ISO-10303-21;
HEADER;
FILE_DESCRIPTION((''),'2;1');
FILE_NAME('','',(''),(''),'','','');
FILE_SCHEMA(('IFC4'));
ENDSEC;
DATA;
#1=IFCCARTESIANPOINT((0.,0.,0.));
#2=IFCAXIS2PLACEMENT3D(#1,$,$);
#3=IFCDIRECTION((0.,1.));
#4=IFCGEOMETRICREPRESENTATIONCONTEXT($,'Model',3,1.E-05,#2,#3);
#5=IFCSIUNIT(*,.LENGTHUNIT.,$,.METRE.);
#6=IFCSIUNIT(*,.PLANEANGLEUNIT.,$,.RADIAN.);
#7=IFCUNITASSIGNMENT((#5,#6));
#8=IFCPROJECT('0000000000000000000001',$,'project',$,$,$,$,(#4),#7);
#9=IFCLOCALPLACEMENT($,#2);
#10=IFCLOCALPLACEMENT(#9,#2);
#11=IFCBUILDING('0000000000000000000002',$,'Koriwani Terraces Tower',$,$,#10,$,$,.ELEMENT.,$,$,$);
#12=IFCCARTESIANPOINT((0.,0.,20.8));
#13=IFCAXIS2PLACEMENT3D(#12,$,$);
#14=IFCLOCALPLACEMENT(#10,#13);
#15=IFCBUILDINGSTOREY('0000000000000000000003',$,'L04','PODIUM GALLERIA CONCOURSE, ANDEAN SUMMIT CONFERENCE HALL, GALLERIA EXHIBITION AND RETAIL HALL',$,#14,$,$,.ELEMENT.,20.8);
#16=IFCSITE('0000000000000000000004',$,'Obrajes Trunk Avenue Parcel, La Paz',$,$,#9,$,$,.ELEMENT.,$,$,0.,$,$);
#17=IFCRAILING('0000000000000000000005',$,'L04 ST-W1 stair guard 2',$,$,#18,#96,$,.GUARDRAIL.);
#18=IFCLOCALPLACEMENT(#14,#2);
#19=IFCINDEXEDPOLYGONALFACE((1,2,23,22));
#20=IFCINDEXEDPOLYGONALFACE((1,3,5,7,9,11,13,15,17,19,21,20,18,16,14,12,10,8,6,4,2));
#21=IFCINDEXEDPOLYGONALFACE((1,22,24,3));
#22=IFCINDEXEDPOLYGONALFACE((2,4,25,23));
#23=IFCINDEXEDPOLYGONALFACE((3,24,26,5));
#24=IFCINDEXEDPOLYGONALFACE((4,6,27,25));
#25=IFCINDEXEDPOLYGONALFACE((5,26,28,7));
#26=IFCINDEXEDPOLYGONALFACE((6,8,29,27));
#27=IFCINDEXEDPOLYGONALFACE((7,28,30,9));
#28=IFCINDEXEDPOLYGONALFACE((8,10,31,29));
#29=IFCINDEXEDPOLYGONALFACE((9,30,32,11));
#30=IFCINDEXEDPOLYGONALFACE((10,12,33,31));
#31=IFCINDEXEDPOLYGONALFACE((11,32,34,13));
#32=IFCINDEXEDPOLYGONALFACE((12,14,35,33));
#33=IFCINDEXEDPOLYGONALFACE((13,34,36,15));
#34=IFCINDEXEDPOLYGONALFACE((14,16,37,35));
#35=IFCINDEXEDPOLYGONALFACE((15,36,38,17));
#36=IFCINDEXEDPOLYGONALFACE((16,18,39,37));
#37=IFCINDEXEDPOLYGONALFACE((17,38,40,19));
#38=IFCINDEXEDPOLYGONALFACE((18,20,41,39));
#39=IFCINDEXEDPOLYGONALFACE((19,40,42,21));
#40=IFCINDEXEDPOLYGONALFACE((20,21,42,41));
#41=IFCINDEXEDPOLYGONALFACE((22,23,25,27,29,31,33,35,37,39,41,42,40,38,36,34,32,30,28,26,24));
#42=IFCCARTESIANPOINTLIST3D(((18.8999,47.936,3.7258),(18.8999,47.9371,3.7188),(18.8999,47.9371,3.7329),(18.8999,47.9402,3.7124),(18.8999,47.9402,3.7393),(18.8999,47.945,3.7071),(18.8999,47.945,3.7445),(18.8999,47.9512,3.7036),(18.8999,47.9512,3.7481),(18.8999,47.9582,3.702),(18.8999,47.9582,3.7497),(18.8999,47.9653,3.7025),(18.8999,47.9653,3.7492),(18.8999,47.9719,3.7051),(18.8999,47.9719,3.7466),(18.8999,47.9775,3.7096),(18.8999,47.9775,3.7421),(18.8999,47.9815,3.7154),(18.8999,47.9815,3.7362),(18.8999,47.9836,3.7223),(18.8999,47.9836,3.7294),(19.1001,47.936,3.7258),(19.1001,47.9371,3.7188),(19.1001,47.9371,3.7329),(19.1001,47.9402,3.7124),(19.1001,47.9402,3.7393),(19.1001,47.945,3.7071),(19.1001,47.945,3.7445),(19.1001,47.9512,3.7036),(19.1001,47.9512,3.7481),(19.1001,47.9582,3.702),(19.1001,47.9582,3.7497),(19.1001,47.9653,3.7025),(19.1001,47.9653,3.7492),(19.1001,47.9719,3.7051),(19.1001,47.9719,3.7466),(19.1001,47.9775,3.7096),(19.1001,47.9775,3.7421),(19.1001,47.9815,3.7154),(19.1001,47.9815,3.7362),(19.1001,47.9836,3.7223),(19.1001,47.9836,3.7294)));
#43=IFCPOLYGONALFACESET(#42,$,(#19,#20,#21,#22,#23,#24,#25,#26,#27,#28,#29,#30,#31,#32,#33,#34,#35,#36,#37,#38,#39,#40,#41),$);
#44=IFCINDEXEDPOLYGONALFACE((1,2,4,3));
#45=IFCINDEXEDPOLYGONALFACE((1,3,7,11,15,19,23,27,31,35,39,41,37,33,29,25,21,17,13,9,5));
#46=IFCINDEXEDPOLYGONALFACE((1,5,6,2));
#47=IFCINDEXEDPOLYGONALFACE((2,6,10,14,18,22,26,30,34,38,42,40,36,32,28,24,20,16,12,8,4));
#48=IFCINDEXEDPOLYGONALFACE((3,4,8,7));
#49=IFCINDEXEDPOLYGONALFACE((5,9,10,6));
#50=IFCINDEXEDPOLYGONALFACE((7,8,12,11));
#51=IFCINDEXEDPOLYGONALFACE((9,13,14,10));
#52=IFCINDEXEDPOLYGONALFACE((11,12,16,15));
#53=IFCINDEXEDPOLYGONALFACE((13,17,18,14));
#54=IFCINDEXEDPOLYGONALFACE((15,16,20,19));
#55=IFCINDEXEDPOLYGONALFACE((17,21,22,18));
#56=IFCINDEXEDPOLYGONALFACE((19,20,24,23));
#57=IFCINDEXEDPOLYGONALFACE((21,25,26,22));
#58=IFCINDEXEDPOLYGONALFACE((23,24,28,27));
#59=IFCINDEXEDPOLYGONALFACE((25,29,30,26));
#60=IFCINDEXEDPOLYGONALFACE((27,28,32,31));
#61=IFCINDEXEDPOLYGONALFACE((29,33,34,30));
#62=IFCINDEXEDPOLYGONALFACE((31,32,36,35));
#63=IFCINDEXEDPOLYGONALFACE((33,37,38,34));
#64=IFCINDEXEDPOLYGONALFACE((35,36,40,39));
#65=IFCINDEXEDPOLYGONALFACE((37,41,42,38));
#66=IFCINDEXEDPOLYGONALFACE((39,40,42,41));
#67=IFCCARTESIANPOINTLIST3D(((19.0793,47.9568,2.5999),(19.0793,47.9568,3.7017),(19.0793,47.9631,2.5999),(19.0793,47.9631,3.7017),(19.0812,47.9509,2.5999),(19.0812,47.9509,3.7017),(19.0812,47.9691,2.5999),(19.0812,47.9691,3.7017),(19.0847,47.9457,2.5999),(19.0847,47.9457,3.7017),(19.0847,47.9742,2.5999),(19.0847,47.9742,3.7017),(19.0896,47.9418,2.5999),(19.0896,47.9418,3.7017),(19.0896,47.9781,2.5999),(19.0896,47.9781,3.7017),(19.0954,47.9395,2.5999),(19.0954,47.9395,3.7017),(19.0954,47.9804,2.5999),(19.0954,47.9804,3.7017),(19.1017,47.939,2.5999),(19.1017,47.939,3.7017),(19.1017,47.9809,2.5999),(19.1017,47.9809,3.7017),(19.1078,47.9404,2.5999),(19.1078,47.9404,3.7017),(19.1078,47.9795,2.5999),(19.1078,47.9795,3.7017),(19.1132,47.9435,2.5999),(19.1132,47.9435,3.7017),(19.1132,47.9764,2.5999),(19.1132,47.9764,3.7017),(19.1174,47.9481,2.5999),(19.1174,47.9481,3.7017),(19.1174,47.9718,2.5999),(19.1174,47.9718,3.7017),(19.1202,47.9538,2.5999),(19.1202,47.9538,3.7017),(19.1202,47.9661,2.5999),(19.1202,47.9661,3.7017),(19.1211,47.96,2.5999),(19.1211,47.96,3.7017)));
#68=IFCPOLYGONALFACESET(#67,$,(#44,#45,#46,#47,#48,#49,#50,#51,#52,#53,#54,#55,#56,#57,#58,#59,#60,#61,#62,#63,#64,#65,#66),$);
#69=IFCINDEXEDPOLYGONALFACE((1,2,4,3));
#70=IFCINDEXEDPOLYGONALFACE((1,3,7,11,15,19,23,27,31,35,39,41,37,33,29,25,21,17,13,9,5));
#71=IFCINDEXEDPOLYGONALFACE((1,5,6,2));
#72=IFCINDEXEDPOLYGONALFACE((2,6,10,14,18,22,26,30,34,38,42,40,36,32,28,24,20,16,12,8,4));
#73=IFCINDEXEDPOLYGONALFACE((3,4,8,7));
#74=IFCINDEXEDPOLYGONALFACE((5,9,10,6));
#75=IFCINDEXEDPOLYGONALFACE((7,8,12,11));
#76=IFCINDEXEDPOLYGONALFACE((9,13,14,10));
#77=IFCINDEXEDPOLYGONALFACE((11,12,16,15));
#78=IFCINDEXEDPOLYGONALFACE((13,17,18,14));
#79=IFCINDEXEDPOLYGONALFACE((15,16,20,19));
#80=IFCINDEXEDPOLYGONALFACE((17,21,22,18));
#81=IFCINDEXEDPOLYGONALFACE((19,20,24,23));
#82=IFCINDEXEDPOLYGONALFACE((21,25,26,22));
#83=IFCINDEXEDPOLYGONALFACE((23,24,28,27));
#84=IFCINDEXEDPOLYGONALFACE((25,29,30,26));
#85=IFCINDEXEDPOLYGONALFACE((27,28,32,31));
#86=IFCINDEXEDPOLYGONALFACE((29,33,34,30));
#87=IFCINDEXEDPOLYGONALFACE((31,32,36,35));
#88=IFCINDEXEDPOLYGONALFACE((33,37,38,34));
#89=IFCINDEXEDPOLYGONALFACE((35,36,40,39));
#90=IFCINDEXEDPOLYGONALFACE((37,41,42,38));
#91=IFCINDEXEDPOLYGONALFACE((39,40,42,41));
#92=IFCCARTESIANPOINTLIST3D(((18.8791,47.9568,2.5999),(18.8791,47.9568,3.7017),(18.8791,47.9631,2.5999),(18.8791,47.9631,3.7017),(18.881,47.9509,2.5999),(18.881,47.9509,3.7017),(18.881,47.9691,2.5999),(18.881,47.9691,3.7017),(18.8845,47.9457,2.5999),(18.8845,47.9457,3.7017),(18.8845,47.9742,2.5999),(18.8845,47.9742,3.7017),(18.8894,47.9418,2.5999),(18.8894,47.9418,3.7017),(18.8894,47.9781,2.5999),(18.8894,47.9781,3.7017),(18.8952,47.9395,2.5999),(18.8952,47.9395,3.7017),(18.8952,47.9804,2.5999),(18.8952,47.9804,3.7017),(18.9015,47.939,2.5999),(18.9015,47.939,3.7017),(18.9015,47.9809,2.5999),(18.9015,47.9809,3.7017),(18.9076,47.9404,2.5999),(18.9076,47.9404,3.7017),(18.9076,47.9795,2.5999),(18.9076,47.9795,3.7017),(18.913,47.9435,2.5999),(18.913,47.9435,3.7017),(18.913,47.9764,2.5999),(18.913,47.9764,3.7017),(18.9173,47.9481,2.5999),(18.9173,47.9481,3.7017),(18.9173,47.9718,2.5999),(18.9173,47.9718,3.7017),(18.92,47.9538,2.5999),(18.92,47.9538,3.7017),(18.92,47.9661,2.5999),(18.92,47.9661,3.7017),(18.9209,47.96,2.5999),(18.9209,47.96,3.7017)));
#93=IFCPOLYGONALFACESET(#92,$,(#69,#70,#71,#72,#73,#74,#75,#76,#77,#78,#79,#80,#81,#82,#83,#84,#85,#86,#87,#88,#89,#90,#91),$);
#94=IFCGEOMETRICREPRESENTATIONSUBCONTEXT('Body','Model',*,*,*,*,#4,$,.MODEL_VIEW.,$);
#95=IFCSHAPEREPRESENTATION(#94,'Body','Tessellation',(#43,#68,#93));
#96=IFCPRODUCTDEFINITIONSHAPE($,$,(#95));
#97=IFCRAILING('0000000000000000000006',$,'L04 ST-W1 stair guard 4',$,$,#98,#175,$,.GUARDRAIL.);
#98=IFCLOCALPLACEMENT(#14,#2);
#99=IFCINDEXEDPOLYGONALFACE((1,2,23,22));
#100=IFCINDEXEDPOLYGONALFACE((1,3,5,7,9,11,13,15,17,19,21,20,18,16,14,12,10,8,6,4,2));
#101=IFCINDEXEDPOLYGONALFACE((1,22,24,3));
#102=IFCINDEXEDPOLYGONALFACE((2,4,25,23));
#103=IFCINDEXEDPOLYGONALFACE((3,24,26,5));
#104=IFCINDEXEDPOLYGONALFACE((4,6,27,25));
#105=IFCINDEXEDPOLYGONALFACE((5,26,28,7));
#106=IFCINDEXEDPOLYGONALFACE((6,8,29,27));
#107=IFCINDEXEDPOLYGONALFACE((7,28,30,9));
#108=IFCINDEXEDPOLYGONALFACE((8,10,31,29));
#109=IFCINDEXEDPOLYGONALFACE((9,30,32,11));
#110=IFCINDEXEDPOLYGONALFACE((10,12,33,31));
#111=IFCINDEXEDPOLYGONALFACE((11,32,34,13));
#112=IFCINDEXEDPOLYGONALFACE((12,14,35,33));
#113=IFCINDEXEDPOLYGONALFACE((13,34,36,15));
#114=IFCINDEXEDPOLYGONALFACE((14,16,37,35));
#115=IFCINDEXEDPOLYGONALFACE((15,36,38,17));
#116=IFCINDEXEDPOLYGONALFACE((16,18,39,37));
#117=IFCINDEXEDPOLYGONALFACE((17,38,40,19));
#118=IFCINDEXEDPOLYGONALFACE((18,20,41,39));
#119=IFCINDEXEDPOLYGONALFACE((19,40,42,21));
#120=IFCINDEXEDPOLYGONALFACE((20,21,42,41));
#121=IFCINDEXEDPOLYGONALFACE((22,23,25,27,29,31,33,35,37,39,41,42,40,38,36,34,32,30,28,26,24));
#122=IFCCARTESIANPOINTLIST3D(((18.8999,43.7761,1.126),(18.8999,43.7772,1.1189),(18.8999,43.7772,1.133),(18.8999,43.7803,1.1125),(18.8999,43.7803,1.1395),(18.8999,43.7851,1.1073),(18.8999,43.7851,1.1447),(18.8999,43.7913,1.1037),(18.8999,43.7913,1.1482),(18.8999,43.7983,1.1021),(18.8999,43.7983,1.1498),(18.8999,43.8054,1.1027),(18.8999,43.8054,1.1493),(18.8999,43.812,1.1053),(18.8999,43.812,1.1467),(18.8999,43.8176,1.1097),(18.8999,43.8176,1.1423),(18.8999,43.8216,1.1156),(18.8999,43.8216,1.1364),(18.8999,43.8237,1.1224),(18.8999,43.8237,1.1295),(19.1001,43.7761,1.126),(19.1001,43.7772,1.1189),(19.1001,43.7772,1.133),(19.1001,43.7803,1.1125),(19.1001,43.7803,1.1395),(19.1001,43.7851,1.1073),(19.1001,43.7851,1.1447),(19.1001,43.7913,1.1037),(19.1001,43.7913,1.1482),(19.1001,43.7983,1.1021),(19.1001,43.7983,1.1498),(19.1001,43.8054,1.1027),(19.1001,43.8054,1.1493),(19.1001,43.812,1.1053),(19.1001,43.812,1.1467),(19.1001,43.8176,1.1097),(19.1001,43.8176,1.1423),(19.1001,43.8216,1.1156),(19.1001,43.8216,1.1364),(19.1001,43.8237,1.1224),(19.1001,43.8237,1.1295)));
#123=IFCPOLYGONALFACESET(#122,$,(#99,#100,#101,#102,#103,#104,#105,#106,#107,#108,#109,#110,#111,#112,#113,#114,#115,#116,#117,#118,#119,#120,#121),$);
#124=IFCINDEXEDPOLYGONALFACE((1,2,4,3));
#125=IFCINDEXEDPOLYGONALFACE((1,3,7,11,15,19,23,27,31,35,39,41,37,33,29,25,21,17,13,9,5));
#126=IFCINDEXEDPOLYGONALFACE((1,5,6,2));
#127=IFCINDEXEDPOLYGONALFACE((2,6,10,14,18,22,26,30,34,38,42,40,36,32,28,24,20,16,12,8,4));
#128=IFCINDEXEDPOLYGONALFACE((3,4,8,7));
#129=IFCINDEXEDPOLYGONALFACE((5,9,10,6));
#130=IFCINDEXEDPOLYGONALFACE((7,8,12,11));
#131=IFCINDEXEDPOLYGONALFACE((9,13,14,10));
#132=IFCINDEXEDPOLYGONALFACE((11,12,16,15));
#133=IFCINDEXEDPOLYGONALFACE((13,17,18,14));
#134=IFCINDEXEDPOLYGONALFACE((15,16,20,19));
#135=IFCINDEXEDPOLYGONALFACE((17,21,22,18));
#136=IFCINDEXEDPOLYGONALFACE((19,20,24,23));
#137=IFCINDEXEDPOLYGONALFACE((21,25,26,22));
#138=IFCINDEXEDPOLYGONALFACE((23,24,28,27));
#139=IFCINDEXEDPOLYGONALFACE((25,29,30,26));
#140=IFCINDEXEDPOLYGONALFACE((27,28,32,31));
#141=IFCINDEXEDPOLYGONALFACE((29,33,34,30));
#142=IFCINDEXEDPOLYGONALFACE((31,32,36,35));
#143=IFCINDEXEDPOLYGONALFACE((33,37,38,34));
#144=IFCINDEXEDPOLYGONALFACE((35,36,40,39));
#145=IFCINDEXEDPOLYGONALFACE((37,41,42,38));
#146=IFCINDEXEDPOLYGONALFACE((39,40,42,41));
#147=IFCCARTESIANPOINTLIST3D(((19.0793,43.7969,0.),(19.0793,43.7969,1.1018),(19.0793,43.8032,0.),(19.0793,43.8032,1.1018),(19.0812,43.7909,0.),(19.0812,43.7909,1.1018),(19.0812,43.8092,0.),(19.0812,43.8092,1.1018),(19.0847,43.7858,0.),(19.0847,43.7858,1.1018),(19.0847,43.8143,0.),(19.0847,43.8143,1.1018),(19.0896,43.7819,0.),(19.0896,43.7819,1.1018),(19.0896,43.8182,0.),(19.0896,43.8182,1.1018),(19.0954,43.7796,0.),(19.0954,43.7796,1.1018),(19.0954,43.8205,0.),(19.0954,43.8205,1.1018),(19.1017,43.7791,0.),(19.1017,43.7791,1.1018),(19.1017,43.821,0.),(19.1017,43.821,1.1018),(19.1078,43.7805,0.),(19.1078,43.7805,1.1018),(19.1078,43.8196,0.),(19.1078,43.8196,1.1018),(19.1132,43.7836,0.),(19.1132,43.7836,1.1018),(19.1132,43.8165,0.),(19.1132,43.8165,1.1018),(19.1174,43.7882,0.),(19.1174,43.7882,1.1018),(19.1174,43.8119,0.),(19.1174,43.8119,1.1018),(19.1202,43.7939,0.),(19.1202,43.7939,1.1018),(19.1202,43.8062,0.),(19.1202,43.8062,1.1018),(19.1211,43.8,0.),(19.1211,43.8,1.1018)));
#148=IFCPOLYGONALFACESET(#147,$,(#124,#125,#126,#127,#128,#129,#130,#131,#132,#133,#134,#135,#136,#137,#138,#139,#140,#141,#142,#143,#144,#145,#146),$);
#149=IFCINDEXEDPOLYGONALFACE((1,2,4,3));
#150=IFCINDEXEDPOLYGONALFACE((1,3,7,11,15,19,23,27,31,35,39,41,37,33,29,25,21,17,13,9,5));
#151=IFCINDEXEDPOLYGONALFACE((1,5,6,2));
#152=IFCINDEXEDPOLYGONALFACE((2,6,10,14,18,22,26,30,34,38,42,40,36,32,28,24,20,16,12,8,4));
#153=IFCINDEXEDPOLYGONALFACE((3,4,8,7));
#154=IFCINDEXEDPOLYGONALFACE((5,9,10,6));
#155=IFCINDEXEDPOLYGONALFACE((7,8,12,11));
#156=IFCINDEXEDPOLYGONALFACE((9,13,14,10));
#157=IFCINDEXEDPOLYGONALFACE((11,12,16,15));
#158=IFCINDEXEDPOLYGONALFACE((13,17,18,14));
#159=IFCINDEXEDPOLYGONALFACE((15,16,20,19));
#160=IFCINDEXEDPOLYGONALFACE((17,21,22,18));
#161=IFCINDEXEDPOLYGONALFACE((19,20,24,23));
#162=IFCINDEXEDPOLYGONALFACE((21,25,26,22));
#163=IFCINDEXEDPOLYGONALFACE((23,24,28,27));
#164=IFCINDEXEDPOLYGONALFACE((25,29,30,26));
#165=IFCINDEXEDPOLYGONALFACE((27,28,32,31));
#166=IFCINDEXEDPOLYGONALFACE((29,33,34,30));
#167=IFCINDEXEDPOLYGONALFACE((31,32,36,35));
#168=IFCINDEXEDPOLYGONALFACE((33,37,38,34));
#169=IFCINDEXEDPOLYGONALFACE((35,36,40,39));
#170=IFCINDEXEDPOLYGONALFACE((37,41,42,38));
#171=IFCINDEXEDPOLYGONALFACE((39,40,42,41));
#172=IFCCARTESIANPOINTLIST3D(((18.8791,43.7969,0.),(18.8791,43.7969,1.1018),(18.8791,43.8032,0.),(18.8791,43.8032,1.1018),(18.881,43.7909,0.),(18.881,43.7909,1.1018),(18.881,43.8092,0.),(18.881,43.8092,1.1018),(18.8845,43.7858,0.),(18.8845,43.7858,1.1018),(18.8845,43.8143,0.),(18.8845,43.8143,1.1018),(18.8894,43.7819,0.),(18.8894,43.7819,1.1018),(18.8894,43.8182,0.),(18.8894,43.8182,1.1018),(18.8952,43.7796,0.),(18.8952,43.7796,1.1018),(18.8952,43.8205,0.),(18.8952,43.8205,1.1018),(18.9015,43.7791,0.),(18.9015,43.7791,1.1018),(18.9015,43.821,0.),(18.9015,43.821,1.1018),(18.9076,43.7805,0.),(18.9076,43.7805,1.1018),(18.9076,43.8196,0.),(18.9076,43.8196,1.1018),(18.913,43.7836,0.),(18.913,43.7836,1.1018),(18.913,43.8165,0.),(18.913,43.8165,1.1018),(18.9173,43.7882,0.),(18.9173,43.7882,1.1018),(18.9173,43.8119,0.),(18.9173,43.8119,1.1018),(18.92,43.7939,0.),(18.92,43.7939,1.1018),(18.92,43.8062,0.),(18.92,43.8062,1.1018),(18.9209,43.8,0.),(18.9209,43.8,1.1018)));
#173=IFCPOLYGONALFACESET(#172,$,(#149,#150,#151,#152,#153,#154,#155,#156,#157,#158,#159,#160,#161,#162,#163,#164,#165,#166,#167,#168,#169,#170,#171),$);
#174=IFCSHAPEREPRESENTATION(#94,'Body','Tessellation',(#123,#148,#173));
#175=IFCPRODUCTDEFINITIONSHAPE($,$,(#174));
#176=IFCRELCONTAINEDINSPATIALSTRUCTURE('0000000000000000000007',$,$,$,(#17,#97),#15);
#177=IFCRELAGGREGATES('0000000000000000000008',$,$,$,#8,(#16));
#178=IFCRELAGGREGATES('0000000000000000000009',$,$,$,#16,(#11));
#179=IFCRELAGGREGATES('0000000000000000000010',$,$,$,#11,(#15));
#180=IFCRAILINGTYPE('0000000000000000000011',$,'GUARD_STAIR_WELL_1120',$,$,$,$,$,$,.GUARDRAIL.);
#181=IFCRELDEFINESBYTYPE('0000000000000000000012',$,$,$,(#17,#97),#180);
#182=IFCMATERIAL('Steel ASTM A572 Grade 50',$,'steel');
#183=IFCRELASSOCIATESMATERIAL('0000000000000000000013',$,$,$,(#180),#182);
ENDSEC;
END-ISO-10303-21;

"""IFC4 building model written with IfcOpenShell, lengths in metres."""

from ifc_helpers import new_model, si_unit, direction, frame, origin, origin_2d, place, context, subcontext, project, spatial, circle, extrude, material, type_object, element, save


model = new_model("IFC4")

# Units and contexts
model_context = context("Model", 3, precision=1e-05, world=origin(), true_north=direction((0.0, 1.0)))
body_context = subcontext(model_context, "Body", "Model", "MODEL_VIEW")
ifc_project = project(units=[si_unit("LENGTHUNIT", "METRE"), si_unit("PLANEANGLEUNIT", "RADIAN")], contexts=[model_context])

# Site, building, storey
site_placement = place(None, origin())
site = spatial("IfcSite", under=ifc_project, at=site_placement, Name="Obrajes Trunk Avenue Parcel, La Paz", CompositionType="ELEMENT", RefElevation=0.0)
building_placement = place(site_placement, origin())
building = spatial("IfcBuilding", under=site, at=building_placement, Name="Koriwani Terraces Tower", CompositionType="ELEMENT")
storey_placement = place(building_placement, frame((0.0, 0.0, 20.8)))
storey = spatial("IfcBuildingStorey", under=building, at=storey_placement, Name="L04", Description="PODIUM GALLERIA CONCOURSE, ANDEAN SUMMIT CONFERENCE HALL, GALLERIA EXHIBITION AND RETAIL HALL", CompositionType="ELEMENT", Elevation=20.8)

# Shared definitions
ifc_material_1 = material(Name="Steel ASTM A572 Grade 50", Category="steel")

# Railings
railing_type_1 = type_object("IfcRailingType", Name="GUARD_STAIR_WELL_1120", PredefinedType="GUARDRAIL", material=ifc_material_1)
for number, where, name in (
    (1, (19.1001, 47.96, 2.5999), "L04 ST-W1 stair guard 2"),
    (2, (19.1001, 43.8, 0.0), "L04 ST-W1 stair guard 4"),
):
    element("IfcRailing", number, at=place(storey_placement, frame(where)), inside=storey, type_object=railing_type_1, Name=name, PredefinedType="GUARDRAIL", context=body_context, shape_type="SweptSolid", body=[
        extrude(circle(Radius=0.0239, at=origin_2d()), frame((0.0, 0.0, 1.126), z_axis=(-1.0, 0.0, 0.0), x_axis=(0.0, -1.0, 0.0)), (0.0, 0.0, 1.0), 0.2002),
        extrude(circle(Radius=0.021, at=origin_2d()), origin(), (0.0, 0.0, 1.0), 1.1018),
        extrude(circle(Radius=0.021, at=origin_2d()), frame((-0.2002, 0.0, 0.0)), (0.0, 0.0, 1.0), 1.1018),
    ])

save(model, "model.ifc")
